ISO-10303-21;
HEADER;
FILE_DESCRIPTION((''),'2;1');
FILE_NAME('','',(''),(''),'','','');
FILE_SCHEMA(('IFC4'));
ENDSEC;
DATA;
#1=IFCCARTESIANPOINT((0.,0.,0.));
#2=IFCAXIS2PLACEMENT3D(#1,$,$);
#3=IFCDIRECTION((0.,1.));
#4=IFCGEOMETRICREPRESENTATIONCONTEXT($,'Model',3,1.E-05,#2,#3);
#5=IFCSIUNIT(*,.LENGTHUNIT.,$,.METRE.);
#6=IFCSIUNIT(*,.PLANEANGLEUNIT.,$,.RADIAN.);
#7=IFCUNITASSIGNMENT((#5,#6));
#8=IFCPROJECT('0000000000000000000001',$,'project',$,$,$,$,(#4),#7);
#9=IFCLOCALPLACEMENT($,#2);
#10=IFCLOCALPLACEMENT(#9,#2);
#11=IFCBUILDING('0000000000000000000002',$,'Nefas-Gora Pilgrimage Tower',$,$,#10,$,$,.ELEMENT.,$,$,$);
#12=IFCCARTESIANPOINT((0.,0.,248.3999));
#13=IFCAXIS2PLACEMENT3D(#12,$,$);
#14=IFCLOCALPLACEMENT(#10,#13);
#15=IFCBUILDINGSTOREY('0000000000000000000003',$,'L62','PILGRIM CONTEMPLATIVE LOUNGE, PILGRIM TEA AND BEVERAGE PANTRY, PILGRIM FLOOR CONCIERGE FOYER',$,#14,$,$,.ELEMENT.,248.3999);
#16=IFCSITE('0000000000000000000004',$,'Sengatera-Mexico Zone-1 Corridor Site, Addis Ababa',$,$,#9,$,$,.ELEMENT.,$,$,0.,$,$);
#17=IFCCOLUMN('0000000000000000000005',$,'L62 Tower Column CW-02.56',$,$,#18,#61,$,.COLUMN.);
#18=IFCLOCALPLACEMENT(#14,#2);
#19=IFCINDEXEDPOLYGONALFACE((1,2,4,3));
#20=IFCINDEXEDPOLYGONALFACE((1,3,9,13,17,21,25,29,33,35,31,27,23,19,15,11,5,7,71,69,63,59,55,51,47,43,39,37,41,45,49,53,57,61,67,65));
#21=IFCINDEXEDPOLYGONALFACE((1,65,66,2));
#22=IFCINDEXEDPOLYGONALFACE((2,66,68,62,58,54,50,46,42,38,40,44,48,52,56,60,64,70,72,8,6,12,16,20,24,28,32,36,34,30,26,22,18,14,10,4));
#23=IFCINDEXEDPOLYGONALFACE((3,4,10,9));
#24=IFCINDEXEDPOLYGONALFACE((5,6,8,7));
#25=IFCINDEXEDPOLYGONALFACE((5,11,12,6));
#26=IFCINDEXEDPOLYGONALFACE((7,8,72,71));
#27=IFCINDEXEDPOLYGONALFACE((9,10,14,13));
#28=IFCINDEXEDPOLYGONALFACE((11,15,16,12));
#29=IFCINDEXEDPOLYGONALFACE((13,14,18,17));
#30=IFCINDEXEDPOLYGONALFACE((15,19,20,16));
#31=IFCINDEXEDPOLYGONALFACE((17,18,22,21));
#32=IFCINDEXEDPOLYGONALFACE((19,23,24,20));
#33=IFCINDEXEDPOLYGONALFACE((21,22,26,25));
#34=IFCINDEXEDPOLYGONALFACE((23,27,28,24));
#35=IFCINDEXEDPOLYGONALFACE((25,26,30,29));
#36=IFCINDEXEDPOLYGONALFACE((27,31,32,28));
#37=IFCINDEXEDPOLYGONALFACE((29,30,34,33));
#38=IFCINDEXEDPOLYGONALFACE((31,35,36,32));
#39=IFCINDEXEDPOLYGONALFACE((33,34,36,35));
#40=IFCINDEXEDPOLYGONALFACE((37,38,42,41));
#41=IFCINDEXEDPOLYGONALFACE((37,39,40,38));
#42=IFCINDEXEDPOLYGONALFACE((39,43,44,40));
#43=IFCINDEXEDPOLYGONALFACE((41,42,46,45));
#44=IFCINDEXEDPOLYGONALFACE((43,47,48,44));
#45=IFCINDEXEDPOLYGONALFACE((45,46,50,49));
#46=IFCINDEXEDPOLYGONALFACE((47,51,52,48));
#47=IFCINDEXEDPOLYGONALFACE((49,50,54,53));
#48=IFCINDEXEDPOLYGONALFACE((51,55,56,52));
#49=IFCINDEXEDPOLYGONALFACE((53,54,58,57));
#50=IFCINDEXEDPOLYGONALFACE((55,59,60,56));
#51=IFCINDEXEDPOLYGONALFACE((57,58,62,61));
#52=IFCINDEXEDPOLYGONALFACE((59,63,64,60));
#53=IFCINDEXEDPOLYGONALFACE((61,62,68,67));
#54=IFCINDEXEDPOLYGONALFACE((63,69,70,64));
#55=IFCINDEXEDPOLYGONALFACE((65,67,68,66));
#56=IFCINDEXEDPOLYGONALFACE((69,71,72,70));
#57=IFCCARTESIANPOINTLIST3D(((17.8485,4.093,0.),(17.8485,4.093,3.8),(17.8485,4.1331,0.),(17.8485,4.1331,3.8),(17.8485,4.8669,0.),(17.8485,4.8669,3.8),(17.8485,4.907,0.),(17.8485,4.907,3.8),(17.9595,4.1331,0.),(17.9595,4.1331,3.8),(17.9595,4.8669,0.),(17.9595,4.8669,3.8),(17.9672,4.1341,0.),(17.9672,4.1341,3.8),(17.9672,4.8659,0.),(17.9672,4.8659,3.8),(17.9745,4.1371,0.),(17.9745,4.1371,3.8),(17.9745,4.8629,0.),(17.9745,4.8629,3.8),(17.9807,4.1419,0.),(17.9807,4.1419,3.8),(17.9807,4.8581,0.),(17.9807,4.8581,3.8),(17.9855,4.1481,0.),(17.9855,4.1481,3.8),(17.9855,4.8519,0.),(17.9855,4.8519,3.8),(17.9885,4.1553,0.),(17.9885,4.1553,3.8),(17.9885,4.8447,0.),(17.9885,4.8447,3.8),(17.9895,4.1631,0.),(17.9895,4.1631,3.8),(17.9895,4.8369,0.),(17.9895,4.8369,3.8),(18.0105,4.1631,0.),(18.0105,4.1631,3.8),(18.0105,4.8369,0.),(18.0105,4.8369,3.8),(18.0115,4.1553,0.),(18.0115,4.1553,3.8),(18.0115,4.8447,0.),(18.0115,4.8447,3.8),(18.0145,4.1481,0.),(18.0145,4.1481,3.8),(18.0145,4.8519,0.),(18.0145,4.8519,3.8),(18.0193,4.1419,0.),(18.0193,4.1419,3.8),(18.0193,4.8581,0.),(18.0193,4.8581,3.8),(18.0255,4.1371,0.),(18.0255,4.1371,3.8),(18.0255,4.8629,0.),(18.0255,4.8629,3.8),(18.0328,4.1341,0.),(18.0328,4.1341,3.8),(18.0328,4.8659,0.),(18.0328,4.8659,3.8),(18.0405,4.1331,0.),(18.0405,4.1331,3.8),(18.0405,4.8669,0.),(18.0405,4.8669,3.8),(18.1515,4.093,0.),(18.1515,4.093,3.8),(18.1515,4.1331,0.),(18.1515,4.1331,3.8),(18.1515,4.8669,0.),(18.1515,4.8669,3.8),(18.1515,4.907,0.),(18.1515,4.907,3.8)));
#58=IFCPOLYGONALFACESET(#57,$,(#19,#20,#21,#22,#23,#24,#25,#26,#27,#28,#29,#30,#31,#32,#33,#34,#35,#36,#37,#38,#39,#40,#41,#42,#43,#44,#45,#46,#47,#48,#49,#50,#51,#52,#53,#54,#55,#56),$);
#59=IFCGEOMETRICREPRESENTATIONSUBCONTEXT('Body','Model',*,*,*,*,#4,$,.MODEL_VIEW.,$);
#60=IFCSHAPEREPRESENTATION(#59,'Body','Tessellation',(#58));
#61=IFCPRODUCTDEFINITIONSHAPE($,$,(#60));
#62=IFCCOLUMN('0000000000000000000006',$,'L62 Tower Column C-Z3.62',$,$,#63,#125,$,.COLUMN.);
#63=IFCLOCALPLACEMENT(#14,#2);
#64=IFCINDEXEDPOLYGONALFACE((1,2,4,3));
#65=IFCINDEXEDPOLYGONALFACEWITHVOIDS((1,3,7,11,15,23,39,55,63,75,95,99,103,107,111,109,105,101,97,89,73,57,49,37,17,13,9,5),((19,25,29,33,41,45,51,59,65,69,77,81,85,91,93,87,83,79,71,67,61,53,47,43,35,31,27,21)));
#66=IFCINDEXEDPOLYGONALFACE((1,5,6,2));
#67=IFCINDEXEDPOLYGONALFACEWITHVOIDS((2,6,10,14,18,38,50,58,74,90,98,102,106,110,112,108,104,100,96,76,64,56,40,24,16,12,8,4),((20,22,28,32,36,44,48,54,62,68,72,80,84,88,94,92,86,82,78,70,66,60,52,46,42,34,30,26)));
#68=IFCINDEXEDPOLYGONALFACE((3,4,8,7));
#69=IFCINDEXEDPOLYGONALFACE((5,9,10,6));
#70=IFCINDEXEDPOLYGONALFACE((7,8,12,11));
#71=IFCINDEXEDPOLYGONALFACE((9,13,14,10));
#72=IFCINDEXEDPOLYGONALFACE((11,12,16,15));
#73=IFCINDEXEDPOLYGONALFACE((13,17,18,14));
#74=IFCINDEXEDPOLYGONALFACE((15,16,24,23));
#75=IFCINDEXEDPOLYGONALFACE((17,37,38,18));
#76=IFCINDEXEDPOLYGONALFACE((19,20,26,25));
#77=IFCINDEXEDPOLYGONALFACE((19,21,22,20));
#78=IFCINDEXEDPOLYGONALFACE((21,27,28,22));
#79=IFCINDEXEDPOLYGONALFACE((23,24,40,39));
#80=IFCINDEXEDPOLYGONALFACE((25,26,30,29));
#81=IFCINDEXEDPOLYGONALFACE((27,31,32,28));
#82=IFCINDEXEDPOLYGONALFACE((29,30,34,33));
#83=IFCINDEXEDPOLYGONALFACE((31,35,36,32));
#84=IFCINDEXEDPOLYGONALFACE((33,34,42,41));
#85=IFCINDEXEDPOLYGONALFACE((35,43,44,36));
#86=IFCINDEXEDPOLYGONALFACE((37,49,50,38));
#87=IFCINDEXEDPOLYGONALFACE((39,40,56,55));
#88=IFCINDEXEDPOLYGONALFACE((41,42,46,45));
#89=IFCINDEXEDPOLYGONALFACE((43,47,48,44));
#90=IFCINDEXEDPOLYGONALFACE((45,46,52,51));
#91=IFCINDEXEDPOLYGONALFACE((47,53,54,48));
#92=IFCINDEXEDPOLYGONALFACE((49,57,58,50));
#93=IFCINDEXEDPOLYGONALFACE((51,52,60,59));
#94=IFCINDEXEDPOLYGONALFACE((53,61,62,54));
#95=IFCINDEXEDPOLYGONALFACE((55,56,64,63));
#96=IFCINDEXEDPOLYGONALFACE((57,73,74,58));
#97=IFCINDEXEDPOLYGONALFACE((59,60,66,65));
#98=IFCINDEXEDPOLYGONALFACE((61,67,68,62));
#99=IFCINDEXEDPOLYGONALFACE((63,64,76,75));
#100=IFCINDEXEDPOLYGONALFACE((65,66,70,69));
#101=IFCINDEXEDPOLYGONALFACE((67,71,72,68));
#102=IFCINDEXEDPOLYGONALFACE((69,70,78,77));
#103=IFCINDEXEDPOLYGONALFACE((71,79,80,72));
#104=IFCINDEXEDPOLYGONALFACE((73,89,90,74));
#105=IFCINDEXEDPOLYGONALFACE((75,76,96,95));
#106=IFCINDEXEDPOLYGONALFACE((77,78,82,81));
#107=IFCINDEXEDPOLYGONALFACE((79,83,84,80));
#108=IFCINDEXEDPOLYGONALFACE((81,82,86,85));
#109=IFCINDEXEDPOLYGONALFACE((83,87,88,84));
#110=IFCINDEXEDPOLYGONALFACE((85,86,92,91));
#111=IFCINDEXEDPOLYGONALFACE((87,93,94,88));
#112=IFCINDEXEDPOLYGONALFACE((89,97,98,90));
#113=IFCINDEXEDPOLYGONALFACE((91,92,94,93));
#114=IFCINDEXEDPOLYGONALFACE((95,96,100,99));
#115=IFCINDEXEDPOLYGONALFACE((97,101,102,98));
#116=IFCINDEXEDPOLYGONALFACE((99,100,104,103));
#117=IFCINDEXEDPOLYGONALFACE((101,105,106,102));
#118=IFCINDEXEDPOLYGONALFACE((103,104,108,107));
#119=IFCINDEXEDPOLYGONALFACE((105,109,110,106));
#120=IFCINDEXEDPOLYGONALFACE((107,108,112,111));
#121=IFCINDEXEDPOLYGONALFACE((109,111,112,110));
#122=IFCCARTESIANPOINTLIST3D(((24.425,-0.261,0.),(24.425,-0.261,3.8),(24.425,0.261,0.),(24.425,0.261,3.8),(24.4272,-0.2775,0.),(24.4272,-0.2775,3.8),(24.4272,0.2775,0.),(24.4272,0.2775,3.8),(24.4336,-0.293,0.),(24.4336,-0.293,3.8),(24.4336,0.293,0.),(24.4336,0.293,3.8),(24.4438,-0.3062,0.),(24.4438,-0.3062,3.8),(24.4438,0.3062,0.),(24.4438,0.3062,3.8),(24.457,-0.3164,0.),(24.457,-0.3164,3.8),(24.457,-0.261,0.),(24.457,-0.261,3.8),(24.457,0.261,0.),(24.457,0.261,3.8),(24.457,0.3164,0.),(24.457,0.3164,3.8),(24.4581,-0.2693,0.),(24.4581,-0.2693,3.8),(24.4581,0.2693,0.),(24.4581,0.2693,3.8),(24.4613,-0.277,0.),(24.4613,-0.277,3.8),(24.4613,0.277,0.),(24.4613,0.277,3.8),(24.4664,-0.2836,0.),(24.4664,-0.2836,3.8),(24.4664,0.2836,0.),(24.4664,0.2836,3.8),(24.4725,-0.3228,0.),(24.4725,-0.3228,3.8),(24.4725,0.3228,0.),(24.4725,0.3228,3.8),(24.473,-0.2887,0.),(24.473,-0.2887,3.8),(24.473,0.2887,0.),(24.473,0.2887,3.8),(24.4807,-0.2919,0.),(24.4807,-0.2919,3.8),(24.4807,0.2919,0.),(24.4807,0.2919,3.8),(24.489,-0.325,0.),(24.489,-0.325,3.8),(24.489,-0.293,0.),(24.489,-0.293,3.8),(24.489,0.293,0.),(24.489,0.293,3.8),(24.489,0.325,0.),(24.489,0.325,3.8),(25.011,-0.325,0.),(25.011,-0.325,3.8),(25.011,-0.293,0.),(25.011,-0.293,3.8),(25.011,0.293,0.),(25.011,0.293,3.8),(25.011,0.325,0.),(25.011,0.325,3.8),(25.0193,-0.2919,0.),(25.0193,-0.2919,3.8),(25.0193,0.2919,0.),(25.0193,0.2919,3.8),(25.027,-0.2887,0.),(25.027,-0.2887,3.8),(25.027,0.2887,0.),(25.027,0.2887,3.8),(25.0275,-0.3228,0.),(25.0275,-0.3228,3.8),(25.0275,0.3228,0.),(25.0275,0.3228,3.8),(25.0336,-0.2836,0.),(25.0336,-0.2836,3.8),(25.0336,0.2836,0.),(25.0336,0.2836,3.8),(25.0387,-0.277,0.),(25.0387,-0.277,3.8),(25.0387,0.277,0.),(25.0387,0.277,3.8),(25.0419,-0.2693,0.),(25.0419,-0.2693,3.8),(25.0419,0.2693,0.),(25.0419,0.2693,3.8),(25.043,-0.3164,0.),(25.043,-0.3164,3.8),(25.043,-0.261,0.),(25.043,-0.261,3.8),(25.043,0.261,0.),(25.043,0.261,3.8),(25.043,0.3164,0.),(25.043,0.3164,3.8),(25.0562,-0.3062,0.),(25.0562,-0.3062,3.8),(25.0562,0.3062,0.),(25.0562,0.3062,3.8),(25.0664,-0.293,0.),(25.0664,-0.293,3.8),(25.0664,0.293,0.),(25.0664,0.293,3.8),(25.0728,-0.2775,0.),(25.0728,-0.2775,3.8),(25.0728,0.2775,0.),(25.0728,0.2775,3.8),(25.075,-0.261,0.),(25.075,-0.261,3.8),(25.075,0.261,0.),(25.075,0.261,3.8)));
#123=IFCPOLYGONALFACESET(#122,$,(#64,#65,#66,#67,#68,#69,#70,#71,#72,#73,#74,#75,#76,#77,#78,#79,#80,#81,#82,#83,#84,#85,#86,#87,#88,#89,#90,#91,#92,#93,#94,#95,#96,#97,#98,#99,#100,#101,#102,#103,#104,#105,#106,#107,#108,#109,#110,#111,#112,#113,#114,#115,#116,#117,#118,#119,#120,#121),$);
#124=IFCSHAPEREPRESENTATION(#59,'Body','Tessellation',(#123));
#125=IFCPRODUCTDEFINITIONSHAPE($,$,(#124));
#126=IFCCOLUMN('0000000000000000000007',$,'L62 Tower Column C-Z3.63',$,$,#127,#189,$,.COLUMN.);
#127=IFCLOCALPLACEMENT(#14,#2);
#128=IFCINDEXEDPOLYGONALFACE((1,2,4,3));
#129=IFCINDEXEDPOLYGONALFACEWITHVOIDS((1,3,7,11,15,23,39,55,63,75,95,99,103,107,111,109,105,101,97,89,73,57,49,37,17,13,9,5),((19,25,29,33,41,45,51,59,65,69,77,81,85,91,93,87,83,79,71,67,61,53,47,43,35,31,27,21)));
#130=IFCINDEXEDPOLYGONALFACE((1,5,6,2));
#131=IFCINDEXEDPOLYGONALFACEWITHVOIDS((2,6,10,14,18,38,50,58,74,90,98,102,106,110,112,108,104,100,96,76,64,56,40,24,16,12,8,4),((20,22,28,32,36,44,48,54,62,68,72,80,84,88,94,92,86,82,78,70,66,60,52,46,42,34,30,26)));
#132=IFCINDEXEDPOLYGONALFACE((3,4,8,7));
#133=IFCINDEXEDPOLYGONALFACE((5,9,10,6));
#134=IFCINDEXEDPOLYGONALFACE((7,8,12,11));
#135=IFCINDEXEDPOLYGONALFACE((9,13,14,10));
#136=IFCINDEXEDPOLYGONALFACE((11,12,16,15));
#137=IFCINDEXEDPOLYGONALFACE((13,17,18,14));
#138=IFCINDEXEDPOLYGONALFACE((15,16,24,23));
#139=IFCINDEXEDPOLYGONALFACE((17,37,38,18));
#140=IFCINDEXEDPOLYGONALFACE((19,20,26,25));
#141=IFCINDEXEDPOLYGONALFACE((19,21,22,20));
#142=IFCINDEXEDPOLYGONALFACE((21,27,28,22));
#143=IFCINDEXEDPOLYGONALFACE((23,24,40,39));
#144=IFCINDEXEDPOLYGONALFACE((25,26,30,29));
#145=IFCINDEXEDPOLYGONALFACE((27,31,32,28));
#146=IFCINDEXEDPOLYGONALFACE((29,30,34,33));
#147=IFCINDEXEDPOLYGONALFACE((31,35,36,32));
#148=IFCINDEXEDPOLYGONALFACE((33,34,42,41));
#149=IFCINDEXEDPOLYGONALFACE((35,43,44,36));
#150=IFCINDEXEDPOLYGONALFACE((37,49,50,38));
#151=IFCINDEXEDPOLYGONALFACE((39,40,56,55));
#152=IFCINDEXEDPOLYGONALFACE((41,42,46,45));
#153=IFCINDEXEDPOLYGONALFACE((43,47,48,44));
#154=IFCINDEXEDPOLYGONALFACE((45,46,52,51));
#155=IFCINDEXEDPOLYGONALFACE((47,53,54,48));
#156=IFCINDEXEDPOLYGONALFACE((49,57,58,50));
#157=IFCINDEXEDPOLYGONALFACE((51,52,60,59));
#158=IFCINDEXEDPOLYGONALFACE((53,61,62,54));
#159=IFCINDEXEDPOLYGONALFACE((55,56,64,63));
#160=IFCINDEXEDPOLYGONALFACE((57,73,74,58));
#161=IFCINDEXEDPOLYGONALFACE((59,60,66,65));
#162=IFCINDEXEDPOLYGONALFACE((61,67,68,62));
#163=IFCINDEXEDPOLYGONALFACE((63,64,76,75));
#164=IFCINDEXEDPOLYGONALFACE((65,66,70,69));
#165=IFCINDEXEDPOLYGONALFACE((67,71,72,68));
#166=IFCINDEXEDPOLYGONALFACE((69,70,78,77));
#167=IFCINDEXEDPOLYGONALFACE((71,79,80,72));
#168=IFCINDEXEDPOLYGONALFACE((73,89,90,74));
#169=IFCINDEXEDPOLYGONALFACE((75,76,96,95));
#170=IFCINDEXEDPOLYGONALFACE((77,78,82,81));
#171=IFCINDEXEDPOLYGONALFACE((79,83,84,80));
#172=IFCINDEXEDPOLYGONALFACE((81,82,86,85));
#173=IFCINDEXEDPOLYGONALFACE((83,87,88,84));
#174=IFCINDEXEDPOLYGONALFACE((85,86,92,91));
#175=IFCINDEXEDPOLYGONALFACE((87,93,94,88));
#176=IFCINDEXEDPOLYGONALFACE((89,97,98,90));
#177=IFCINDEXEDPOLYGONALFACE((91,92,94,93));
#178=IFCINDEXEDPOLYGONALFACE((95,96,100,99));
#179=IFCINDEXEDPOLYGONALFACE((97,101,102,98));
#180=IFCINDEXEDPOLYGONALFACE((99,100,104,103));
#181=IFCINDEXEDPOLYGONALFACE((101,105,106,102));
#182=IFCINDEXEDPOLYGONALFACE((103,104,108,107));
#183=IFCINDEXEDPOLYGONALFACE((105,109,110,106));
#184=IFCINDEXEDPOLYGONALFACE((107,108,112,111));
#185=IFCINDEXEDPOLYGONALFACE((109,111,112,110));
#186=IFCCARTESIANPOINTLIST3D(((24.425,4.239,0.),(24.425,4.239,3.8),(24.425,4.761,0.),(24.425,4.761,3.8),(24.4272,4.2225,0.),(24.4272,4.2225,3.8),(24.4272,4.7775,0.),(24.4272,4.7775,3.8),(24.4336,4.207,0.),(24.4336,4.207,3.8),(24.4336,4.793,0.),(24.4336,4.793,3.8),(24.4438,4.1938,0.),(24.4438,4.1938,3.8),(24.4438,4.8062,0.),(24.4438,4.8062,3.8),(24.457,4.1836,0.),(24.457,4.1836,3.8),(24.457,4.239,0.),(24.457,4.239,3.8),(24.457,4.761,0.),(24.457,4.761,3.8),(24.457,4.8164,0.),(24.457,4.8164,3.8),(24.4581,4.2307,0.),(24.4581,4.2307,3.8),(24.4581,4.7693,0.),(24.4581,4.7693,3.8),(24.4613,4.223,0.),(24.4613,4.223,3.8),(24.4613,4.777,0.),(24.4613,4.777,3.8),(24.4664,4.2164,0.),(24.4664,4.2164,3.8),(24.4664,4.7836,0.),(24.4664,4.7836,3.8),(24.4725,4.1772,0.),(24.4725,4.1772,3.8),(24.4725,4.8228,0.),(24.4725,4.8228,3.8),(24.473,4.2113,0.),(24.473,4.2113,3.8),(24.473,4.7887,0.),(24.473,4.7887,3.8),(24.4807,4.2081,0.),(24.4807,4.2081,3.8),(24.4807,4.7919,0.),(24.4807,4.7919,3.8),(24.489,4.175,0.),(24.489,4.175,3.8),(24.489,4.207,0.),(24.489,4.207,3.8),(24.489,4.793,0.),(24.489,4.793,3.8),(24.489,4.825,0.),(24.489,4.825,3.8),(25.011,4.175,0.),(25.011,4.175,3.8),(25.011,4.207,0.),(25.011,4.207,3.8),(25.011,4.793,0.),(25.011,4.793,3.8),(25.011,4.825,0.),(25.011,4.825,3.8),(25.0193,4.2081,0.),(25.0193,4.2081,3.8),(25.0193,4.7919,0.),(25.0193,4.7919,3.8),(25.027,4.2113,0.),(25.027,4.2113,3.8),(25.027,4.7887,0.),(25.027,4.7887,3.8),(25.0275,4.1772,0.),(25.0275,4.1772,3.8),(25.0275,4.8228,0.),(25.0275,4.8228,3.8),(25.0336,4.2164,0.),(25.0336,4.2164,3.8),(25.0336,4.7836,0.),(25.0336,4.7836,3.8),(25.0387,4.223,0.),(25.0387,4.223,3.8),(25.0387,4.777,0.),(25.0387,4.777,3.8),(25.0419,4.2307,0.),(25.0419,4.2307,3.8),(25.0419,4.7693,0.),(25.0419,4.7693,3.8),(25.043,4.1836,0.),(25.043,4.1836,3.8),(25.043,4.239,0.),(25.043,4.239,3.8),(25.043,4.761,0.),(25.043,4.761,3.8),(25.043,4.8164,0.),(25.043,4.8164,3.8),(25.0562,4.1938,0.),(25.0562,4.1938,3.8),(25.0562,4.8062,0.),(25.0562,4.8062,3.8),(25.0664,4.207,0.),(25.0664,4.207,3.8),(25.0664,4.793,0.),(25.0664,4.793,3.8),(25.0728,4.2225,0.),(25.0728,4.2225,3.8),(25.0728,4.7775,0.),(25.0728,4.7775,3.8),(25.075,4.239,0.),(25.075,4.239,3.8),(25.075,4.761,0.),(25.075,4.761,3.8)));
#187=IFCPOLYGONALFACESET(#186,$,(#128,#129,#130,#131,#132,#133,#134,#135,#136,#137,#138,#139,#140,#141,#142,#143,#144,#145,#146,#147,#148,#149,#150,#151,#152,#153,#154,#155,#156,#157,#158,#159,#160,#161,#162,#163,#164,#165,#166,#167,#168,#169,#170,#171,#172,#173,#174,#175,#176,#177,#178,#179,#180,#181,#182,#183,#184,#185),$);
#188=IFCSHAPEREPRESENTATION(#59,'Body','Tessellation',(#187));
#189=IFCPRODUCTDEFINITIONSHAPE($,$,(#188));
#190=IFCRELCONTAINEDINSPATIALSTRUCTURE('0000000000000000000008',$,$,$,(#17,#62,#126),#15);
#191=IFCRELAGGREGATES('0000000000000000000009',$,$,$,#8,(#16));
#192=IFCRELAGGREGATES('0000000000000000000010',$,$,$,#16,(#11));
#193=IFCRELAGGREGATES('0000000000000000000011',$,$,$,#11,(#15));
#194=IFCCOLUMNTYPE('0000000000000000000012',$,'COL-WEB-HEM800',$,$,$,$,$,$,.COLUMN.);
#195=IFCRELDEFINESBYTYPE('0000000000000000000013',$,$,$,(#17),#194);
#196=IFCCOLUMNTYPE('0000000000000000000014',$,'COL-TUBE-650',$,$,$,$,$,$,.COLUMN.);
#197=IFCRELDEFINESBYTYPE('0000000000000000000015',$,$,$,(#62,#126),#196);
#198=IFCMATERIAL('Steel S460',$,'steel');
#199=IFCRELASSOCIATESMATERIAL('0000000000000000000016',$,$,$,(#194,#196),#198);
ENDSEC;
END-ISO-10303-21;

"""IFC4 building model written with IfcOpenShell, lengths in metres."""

from ifc_helpers import new_model, si_unit, direction, frame, origin, origin_2d, place, context, subcontext, project, spatial, hollow_rectangle, i_section, extrude, source, transform, mapped, material, material_profile, profile_set, type_object, element, save


model = new_model("IFC4")

# Units and contexts
model_context = context("Model", 3, precision=1e-05, world=origin(), true_north=direction((0.0, 1.0)))
body_context = subcontext(model_context, "Body", "Model", "MODEL_VIEW")
ifc_project = project(units=[si_unit("LENGTHUNIT", "METRE"), si_unit("PLANEANGLEUNIT", "RADIAN")], contexts=[model_context])

# Site, building, storey
site_placement = place(None, origin())
site = spatial("IfcSite", under=ifc_project, at=site_placement, Name="Sengatera-Mexico Zone-1 Corridor Site, Addis Ababa", CompositionType="ELEMENT", RefElevation=0.0)
building_placement = place(site_placement, origin())
building = spatial("IfcBuilding", under=site, at=building_placement, Name="Nefas-Gora Pilgrimage Tower", CompositionType="ELEMENT")
storey_placement = place(building_placement, frame((0.0, 0.0, 248.3999)))
storey = spatial("IfcBuildingStorey", under=building, at=storey_placement, Name="L62", Description="PILGRIM CONTEMPLATIVE LOUNGE, PILGRIM TEA AND BEVERAGE PANTRY, PILGRIM FLOOR CONCIERGE FOYER", CompositionType="ELEMENT", Elevation=248.3999)

# Columns
ifc_material_1 = material(Name="Steel S460", Category="steel")
ifc_material_profile_1 = material_profile(ifc_material_1, i_section(OverallWidth=0.303, OverallDepth=0.814, WebThickness=0.021, FlangeThickness=0.04, FilletRadius=0.03, at=origin_2d()), Name="HEM 800")
ifc_profile_set_1 = profile_set([ifc_material_profile_1], Name="Steel S460")
column_type_1 = type_object("IfcColumnType", Name="COL-WEB-HEM800", PredefinedType="COLUMN", material=ifc_profile_set_1)
shared_shape_1 = source(origin(), body_context, "Body", "SweptSolid", [
    extrude(i_section(OverallWidth=0.303, OverallDepth=0.814, WebThickness=0.021, FlangeThickness=0.04, FilletRadius=0.03, at=origin_2d()), origin(), (0.0, 0.0, 1.0), 3.8),
])
for number, where, z_axis, x_axis, name in (
    (1, (18.0, 4.5, 0.0), (0.0, 0.0, 1.0), (1.0, 0.0, 0.0), "L62 Tower Column CW-02.56"),
):
    element("IfcColumn", number, at=place(storey_placement, frame(where, z_axis=z_axis, x_axis=x_axis)), inside=storey, type_object=column_type_1, Name=name, PredefinedType="COLUMN", context=body_context, shape_type="MappedRepresentation", body=[
        mapped(shared_shape_1, transform((0.0, 0.0, 0.0), x_axis=(1.0, 0.0, 0.0), y_axis=(0.0, 1.0, 0.0), z_axis=(0.0, 0.0, 1.0), scale=1.0)),
    ])
ifc_material_profile_2 = material_profile(ifc_material_1, hollow_rectangle(XDim=0.6499, YDim=0.6499, WallThickness=0.032, InnerFilletRadius=0.032, OuterFilletRadius=0.064, at=origin_2d()), Name="BOX 650x650x32")
ifc_profile_set_2 = profile_set([ifc_material_profile_2], Name="Steel S460")
column_type_2 = type_object("IfcColumnType", Name="COL-TUBE-650", PredefinedType="COLUMN", material=ifc_profile_set_2)
shared_shape_2 = source(origin(), body_context, "Body", "SweptSolid", [
    extrude(hollow_rectangle(XDim=0.6499, YDim=0.6499, WallThickness=0.032, InnerFilletRadius=0.032, OuterFilletRadius=0.064, at=origin_2d()), origin(), (0.0, 0.0, 1.0), 3.8),
])
for number, where, z_axis, x_axis, name in (
    (2, (24.75, 0.0, 0.0), (0.0, 0.0, 1.0), (1.0, 0.0, 0.0), "L62 Tower Column C-Z3.62"),
    (3, (24.75, 4.5, 0.0), (0.0, 0.0, 1.0), (1.0, 0.0, 0.0), "L62 Tower Column C-Z3.63"),
):
    element("IfcColumn", number, at=place(storey_placement, frame(where, z_axis=z_axis, x_axis=x_axis)), inside=storey, type_object=column_type_2, Name=name, PredefinedType="COLUMN", context=body_context, shape_type="MappedRepresentation", body=[
        mapped(shared_shape_2, transform((0.0, 0.0, 0.0), x_axis=(1.0, 0.0, 0.0), y_axis=(0.0, 1.0, 0.0), z_axis=(0.0, 0.0, 1.0), scale=1.0)),
    ])

save(model, "model.ifc")
